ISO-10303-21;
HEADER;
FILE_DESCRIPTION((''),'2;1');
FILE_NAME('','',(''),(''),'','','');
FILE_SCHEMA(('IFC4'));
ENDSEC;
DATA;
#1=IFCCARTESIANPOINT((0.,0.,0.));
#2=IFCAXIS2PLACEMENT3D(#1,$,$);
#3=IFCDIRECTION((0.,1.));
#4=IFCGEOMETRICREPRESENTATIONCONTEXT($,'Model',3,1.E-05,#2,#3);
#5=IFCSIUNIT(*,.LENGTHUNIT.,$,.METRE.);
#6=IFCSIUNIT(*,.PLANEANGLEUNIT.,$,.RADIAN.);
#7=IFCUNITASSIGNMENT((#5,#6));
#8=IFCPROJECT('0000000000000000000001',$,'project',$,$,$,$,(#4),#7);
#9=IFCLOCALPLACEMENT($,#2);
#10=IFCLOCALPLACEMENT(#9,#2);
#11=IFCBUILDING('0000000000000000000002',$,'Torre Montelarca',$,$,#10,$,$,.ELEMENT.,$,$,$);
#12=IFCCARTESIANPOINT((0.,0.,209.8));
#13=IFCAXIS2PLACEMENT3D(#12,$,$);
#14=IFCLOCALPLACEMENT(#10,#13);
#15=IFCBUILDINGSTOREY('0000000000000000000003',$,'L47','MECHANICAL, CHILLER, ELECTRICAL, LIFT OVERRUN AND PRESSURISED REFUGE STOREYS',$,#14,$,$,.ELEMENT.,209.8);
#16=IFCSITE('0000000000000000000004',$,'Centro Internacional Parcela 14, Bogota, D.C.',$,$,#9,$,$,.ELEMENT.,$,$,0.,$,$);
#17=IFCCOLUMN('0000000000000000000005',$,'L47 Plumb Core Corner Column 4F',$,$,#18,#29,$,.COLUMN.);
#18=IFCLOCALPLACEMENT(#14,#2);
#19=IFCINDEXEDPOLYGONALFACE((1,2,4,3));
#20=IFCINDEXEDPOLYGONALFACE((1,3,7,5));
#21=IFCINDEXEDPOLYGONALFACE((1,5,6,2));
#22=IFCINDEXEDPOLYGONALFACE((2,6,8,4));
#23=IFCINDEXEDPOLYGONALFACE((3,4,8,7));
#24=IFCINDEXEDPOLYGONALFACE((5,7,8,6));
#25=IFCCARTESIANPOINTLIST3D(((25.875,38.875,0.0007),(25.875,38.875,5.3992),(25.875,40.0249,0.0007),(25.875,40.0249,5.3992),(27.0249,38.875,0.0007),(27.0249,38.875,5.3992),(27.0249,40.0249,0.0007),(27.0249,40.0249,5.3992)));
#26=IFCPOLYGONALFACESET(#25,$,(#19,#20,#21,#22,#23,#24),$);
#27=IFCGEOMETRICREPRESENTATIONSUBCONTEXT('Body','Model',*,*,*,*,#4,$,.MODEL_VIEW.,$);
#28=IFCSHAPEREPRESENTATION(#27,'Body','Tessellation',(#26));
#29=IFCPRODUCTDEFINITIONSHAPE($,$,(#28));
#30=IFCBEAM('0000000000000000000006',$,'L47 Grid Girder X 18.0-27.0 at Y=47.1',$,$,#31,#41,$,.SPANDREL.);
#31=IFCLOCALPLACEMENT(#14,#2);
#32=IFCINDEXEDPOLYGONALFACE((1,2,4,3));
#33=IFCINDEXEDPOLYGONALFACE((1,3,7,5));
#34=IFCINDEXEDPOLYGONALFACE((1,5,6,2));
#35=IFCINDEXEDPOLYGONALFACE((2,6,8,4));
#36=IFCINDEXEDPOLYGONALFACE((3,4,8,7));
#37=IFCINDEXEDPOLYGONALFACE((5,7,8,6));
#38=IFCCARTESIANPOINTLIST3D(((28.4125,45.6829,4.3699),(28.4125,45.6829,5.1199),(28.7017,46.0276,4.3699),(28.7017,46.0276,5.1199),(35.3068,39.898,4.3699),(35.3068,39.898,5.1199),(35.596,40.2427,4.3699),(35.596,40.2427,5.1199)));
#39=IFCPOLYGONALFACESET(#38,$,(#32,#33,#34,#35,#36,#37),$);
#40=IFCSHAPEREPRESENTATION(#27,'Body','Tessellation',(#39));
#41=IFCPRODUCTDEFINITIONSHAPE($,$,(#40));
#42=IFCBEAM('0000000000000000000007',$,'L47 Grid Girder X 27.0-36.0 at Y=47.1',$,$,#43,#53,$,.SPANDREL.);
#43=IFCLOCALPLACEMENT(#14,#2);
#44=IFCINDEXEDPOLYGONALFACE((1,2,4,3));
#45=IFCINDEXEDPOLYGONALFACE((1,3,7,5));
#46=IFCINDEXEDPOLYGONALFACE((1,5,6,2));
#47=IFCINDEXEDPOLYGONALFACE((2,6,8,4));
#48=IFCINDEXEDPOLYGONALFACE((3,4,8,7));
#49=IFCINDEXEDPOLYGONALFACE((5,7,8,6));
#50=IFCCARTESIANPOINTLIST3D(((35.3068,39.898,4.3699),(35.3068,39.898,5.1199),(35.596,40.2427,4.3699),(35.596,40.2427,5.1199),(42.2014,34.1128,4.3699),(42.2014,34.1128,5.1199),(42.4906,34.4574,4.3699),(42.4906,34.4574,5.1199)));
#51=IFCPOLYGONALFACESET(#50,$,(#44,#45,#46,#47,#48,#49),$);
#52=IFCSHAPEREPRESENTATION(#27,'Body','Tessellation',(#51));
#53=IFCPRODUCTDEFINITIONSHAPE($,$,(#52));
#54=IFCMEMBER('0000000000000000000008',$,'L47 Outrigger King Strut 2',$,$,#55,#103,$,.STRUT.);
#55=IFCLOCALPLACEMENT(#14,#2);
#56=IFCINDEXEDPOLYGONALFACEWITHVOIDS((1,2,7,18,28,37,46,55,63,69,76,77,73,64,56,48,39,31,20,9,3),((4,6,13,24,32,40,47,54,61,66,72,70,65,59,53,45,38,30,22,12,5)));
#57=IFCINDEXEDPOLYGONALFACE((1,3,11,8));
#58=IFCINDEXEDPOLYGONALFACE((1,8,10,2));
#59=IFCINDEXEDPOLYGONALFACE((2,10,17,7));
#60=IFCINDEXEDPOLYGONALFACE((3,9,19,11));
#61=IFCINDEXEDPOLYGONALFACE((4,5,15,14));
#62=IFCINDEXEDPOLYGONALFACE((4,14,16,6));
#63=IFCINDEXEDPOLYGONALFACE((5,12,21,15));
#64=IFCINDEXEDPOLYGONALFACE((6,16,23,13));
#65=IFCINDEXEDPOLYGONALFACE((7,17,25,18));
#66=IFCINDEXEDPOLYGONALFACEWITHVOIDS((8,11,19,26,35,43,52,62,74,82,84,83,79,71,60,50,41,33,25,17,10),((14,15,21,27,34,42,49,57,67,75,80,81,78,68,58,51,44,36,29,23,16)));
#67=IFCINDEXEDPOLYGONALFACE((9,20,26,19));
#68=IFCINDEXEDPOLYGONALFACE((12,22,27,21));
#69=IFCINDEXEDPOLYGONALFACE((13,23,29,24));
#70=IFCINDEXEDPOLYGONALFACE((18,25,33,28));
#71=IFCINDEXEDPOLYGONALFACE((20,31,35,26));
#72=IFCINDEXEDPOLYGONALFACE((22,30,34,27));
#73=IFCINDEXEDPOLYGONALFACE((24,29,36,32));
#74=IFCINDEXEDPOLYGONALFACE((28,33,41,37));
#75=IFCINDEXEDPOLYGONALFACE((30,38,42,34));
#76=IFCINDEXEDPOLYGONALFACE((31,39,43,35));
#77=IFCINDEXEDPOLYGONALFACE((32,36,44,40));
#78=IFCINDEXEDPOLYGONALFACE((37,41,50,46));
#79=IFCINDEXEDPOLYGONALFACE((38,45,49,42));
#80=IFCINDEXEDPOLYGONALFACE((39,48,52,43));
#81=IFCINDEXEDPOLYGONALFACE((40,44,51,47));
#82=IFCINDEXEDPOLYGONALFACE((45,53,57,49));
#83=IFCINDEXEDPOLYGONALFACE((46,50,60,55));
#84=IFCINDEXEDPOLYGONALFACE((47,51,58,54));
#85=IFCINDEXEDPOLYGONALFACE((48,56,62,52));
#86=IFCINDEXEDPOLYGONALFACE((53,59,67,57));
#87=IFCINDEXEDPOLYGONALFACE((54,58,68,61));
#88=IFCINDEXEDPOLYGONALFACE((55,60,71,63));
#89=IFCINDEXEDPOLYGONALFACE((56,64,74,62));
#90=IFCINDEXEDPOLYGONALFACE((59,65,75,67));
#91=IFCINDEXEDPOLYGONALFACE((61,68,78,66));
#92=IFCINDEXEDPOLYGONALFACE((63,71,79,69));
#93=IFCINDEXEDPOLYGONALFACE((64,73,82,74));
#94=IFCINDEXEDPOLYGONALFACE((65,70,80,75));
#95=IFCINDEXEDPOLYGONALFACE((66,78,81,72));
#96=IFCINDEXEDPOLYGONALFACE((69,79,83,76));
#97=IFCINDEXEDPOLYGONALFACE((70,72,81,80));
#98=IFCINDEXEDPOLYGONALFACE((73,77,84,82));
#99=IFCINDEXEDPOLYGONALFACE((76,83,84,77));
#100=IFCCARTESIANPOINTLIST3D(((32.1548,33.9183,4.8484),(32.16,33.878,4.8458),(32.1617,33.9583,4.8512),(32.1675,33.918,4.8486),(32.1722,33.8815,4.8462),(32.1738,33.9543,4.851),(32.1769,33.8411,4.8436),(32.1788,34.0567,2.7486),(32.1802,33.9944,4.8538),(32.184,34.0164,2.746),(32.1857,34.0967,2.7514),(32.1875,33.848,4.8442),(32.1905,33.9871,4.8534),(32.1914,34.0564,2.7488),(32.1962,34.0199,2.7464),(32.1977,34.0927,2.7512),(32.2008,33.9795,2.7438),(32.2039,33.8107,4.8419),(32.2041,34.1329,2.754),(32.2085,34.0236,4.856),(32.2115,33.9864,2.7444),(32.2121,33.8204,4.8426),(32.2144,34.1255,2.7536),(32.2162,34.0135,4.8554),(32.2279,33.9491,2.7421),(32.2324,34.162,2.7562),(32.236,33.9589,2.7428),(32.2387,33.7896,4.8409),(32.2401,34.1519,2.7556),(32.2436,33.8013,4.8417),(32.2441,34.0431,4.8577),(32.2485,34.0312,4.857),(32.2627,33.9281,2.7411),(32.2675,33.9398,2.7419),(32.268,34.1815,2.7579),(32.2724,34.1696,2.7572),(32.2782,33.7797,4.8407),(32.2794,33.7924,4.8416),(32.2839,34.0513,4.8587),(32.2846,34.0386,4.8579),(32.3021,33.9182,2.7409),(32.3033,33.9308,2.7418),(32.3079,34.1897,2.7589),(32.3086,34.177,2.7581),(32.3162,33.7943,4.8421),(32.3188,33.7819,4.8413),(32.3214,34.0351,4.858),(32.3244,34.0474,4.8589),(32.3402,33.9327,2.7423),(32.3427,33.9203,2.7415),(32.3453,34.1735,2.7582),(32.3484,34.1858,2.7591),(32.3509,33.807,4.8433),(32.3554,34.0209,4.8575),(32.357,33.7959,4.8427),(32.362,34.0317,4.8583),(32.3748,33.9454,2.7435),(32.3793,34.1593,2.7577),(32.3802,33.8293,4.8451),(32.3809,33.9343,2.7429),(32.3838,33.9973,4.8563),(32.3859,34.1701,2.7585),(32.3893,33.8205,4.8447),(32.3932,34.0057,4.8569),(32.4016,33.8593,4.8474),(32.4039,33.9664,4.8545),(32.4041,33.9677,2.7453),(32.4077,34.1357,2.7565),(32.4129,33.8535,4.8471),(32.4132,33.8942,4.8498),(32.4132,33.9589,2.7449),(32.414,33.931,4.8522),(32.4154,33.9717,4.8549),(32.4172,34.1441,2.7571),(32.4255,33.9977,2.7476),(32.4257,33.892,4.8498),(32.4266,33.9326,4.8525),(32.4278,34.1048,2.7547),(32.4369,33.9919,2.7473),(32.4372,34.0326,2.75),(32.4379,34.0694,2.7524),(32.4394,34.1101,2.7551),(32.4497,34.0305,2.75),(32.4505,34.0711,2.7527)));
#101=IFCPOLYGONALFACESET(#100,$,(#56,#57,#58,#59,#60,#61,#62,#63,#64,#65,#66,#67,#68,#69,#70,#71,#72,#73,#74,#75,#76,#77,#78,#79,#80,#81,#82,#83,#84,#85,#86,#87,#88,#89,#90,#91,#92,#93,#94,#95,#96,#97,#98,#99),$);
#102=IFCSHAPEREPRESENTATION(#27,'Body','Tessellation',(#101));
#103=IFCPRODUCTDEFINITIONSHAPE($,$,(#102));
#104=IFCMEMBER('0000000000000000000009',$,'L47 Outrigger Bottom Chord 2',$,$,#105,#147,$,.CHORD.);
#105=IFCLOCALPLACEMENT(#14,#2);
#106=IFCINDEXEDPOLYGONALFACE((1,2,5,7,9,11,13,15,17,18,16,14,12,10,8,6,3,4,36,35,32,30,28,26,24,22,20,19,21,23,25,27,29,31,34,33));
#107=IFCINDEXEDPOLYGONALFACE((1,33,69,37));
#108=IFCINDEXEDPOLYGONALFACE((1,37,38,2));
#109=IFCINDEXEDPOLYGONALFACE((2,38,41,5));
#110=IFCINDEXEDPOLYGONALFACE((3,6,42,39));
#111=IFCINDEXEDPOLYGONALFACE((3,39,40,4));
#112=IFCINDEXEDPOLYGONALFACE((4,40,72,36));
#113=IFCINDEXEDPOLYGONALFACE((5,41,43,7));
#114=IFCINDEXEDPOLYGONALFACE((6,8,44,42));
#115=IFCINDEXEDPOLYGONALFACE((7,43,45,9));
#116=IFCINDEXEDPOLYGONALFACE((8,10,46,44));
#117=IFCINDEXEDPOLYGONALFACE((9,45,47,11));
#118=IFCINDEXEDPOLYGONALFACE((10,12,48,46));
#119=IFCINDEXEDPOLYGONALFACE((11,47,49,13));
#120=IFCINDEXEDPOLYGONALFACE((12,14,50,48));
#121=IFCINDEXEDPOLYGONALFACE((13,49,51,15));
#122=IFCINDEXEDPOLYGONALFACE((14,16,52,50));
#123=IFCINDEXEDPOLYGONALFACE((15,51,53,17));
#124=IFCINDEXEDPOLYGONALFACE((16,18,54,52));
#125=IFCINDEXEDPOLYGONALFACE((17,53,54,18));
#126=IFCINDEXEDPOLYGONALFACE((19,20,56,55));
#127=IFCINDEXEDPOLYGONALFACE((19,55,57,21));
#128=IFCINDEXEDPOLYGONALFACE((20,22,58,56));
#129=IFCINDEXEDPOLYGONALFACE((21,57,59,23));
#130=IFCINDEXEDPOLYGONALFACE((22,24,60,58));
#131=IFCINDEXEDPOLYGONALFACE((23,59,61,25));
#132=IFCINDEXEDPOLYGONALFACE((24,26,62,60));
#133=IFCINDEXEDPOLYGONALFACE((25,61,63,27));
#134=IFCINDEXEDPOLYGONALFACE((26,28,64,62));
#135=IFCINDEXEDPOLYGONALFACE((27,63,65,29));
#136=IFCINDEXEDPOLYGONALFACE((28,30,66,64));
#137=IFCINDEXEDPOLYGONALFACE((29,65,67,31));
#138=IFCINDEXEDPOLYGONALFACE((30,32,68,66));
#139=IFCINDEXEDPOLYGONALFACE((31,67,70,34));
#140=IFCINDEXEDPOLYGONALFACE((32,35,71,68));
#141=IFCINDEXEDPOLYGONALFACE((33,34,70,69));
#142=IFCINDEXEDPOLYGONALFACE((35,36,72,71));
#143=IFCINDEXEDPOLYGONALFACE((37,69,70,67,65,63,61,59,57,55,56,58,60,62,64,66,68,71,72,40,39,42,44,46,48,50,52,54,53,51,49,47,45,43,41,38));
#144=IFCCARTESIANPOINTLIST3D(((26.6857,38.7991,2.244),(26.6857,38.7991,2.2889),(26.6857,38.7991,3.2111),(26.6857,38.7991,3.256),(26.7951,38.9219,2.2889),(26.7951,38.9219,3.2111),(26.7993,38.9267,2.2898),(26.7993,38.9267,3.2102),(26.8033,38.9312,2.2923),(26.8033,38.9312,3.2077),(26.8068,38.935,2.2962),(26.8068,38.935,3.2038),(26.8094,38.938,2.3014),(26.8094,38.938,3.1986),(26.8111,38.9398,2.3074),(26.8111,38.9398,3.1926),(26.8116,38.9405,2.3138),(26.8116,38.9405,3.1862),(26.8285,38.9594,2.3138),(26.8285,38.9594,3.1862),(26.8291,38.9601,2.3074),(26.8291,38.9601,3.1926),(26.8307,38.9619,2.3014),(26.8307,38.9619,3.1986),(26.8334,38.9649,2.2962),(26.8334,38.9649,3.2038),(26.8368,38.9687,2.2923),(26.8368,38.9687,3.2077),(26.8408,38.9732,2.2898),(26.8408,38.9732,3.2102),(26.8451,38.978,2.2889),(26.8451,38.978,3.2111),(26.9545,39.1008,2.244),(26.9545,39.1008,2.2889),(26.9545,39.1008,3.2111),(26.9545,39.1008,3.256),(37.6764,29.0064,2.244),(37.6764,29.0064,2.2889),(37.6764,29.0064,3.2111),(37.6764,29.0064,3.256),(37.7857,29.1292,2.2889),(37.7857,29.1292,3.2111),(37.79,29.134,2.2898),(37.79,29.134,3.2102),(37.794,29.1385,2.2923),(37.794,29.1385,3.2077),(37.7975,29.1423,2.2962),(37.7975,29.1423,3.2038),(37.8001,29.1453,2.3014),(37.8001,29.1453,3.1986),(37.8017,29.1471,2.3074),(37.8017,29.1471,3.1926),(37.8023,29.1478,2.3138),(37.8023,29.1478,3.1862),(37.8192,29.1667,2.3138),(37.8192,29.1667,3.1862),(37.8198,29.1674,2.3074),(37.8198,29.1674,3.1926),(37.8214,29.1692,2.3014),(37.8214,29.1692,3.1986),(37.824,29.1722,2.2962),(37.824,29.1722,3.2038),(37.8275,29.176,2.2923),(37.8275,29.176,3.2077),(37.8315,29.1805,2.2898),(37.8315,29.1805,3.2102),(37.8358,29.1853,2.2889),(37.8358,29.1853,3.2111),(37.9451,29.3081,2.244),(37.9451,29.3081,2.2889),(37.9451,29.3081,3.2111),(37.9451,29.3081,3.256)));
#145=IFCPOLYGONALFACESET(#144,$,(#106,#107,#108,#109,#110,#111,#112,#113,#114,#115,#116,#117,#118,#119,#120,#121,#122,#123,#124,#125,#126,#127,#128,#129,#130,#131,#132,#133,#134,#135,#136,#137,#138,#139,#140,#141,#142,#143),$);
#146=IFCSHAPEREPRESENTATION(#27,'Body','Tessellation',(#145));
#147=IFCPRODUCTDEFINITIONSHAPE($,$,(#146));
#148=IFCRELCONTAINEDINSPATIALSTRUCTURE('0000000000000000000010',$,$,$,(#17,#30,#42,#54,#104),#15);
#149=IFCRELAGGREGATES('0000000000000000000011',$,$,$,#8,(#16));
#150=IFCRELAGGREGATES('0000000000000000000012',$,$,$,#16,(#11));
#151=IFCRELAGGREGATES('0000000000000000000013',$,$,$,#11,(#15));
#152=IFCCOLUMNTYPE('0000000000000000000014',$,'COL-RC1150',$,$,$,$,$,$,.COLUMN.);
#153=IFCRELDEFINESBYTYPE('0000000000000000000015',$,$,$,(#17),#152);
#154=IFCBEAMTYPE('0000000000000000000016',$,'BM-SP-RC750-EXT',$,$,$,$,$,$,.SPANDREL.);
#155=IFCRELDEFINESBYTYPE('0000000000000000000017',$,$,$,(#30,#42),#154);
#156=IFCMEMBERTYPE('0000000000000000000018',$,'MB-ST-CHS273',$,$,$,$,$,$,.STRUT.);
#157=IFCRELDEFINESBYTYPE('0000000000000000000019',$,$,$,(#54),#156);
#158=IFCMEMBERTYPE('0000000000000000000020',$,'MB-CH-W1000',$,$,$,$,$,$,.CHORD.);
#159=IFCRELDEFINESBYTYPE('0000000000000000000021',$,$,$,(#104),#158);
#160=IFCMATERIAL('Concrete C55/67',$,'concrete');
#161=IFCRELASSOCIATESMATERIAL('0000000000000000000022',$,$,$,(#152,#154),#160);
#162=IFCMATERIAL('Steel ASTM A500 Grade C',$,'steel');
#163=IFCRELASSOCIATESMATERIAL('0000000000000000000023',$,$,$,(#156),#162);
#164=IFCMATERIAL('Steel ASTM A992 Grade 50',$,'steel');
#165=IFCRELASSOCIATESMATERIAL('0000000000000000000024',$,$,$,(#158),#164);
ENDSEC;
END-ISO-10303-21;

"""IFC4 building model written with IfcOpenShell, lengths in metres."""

from ifc_helpers import new_model, si_unit, direction, frame, origin, origin_2d, place, context, subcontext, project, spatial, rectangle, hollow_circle, i_section, extrude, source, transform, mapped, material, material_profile, profile_set, type_object, element, save


model = new_model("IFC4")

# Units and contexts
model_context = context("Model", 3, precision=1e-05, world=origin(), true_north=direction((0.0, 1.0)))
body_context = subcontext(model_context, "Body", "Model", "MODEL_VIEW")
ifc_project = project(units=[si_unit("LENGTHUNIT", "METRE"), si_unit("PLANEANGLEUNIT", "RADIAN")], contexts=[model_context])

# Site, building, storey
site_placement = place(None, origin())
site = spatial("IfcSite", under=ifc_project, at=site_placement, Name="Centro Internacional Parcela 14, Bogota, D.C.", CompositionType="ELEMENT", RefElevation=0.0)
building_placement = place(site_placement, origin())
building = spatial("IfcBuilding", under=site, at=building_placement, Name="Torre Montelarca", CompositionType="ELEMENT")
storey_placement = place(building_placement, frame((0.0, 0.0, 209.8)))
storey = spatial("IfcBuildingStorey", under=building, at=storey_placement, Name="L47", Description="MECHANICAL, CHILLER, ELECTRICAL, LIFT OVERRUN AND PRESSURISED REFUGE STOREYS", CompositionType="ELEMENT", Elevation=209.8)

# Column
ifc_material_1 = material(Name="Concrete C55/67", Category="concrete")
ifc_material_profile_1 = material_profile(ifc_material_1, rectangle(XDim=1.1499, YDim=1.1499, at=origin_2d()), Name="RC1150X1150", Category="concrete")
ifc_profile_set_1 = profile_set([ifc_material_profile_1], Name="Concrete C55/67")
column_type_1 = type_object("IfcColumnType", Name="COL-RC1150", PredefinedType="COLUMN", material=ifc_profile_set_1)
shared_shape_1 = source(origin(), body_context, "Body", "SweptSolid", [
    extrude(rectangle(XDim=1.1499, YDim=1.1499, at=origin_2d()), origin(), (0.0, 0.0, 1.0), 5.3984),
])
column_1_placement = place(storey_placement, frame((26.45, 39.45, 0.0007), z_axis=(0.0, 0.0, 1.0), x_axis=(1.0, 0.0, 0.0)))
element("IfcColumn", 1, at=column_1_placement, inside=storey, type_object=column_type_1, Name="L47 Plumb Core Corner Column 4F", PredefinedType="COLUMN", context=body_context, shape_type="MappedRepresentation", body=[
    mapped(shared_shape_1, transform((0.0, 0.0, 0.0), scale=1.0)),
])

# Beams
ifc_material_profile_2 = material_profile(ifc_material_1, rectangle(XDim=0.45, YDim=0.75, at=origin_2d()), Name="RCB450X750", Category="concrete")
ifc_profile_set_2 = profile_set([ifc_material_profile_2], Name="Concrete C55/67")
beam_type = type_object("IfcBeamType", Name="BM-SP-RC750-EXT", PredefinedType="SPANDREL", material=ifc_profile_set_2)
shared_shape_2 = source(origin(), body_context, "Body", "SweptSolid", [
    extrude(rectangle(XDim=0.45, YDim=0.75, at=origin_2d()), origin(), (0.0, 0.0, 1.0), 8.9998),
])
beam_1_placement = place(storey_placement, frame((28.5571, 45.8552, 4.7449), z_axis=(0.766049, -0.642782, 0.0), x_axis=(0.642782, 0.766049, 0.0)))
element("IfcBeam", 2, at=beam_1_placement, inside=storey, type_object=beam_type, Name="L47 Grid Girder X 18.0-27.0 at Y=47.1", PredefinedType="SPANDREL", context=body_context, shape_type="MappedRepresentation", body=[
    mapped(shared_shape_2, transform((0.0, 0.0, 0.0), scale=1.0)),
])
shared_shape_3 = source(origin(), body_context, "Body", "SweptSolid", [
    extrude(rectangle(XDim=0.45, YDim=0.75, at=origin_2d()), origin(), (0.0, 0.0, 1.0), 9.0002),
])
beam_2_placement = place(storey_placement, frame((35.4514, 40.0703, 4.7449), z_axis=(0.766047, -0.642785, 0.0), x_axis=(0.642785, 0.766047, 0.0)))
element("IfcBeam", 3, at=beam_2_placement, inside=storey, type_object=beam_type, Name="L47 Grid Girder X 27.0-36.0 at Y=47.1", PredefinedType="SPANDREL", context=body_context, shape_type="MappedRepresentation", body=[
    mapped(shared_shape_3, transform((0.0, 0.0, 0.0), scale=1.0)),
])

# Members
ifc_material_2 = material(Name="Steel ASTM A500 Grade C", Category="steel")
ifc_material_profile_3 = material_profile(ifc_material_2, hollow_circle(Radius=0.1365, WallThickness=0.0127, at=origin_2d()), Name="HSS273.1X12.7", Category="steel")
ifc_profile_set_3 = profile_set([ifc_material_profile_3], Name="Steel ASTM A500 Grade C")
member_type_1 = type_object("IfcMemberType", Name="MB-ST-CHS273", PredefinedType="STRUT", material=ifc_profile_set_3)
shared_shape_4 = source(origin(), body_context, "Body", "SweptSolid", [
    extrude(hollow_circle(Radius=0.1365, WallThickness=0.0127, at=origin_2d()), origin(), (0.0, 0.0, 1.0), 2.1045),
])
member_1_placement = place(storey_placement, frame((32.3152, 34.0537, 2.75), z_axis=(-0.011369, -0.065776, 0.99777), x_axis=(0.98539, -0.170314, 0.0)))
element("IfcMember", 4, at=member_1_placement, inside=storey, type_object=member_type_1, Name="L47 Outrigger King Strut 2", PredefinedType="STRUT", context=body_context, shape_type="MappedRepresentation", body=[
    mapped(shared_shape_4, transform((0.0, 0.0, 0.0), scale=1.0)),
])
ifc_material_3 = material(Name="Steel ASTM A992 Grade 50", Category="steel")
ifc_material_profile_4 = material_profile(ifc_material_3, i_section(OverallWidth=0.4041, OverallDepth=1.012, WebThickness=0.0254, FlangeThickness=0.0449, FilletRadius=0.0249, at=origin_2d()), Name="W1000X483", Category="steel")
ifc_profile_set_4 = profile_set([ifc_material_profile_4], Name="Steel ASTM A992 Grade 50")
member_type_2 = type_object("IfcMemberType", Name="MB-CH-W1000", PredefinedType="CHORD", material=ifc_profile_set_4)
shared_shape_5 = source(origin(), body_context, "Body", "SweptSolid", [
    extrude(i_section(OverallWidth=0.4041, OverallDepth=1.012, WebThickness=0.0254, FlangeThickness=0.0449, FilletRadius=0.0249, at=origin_2d()), origin(), (0.0, 0.0, 1.0), 14.7205),
])
member_2_placement = place(storey_placement, frame((26.8201, 38.95, 2.75), z_axis=(0.746626, -0.665244, 0.0), x_axis=(0.665244, 0.746626, 0.0)))
element("IfcMember", 5, at=member_2_placement, inside=storey, type_object=member_type_2, Name="L47 Outrigger Bottom Chord 2", PredefinedType="CHORD", context=body_context, shape_type="MappedRepresentation", body=[
    mapped(shared_shape_5, transform((0.0, 0.0, 0.0), scale=1.0)),
])

save(model, "model.ifc")
